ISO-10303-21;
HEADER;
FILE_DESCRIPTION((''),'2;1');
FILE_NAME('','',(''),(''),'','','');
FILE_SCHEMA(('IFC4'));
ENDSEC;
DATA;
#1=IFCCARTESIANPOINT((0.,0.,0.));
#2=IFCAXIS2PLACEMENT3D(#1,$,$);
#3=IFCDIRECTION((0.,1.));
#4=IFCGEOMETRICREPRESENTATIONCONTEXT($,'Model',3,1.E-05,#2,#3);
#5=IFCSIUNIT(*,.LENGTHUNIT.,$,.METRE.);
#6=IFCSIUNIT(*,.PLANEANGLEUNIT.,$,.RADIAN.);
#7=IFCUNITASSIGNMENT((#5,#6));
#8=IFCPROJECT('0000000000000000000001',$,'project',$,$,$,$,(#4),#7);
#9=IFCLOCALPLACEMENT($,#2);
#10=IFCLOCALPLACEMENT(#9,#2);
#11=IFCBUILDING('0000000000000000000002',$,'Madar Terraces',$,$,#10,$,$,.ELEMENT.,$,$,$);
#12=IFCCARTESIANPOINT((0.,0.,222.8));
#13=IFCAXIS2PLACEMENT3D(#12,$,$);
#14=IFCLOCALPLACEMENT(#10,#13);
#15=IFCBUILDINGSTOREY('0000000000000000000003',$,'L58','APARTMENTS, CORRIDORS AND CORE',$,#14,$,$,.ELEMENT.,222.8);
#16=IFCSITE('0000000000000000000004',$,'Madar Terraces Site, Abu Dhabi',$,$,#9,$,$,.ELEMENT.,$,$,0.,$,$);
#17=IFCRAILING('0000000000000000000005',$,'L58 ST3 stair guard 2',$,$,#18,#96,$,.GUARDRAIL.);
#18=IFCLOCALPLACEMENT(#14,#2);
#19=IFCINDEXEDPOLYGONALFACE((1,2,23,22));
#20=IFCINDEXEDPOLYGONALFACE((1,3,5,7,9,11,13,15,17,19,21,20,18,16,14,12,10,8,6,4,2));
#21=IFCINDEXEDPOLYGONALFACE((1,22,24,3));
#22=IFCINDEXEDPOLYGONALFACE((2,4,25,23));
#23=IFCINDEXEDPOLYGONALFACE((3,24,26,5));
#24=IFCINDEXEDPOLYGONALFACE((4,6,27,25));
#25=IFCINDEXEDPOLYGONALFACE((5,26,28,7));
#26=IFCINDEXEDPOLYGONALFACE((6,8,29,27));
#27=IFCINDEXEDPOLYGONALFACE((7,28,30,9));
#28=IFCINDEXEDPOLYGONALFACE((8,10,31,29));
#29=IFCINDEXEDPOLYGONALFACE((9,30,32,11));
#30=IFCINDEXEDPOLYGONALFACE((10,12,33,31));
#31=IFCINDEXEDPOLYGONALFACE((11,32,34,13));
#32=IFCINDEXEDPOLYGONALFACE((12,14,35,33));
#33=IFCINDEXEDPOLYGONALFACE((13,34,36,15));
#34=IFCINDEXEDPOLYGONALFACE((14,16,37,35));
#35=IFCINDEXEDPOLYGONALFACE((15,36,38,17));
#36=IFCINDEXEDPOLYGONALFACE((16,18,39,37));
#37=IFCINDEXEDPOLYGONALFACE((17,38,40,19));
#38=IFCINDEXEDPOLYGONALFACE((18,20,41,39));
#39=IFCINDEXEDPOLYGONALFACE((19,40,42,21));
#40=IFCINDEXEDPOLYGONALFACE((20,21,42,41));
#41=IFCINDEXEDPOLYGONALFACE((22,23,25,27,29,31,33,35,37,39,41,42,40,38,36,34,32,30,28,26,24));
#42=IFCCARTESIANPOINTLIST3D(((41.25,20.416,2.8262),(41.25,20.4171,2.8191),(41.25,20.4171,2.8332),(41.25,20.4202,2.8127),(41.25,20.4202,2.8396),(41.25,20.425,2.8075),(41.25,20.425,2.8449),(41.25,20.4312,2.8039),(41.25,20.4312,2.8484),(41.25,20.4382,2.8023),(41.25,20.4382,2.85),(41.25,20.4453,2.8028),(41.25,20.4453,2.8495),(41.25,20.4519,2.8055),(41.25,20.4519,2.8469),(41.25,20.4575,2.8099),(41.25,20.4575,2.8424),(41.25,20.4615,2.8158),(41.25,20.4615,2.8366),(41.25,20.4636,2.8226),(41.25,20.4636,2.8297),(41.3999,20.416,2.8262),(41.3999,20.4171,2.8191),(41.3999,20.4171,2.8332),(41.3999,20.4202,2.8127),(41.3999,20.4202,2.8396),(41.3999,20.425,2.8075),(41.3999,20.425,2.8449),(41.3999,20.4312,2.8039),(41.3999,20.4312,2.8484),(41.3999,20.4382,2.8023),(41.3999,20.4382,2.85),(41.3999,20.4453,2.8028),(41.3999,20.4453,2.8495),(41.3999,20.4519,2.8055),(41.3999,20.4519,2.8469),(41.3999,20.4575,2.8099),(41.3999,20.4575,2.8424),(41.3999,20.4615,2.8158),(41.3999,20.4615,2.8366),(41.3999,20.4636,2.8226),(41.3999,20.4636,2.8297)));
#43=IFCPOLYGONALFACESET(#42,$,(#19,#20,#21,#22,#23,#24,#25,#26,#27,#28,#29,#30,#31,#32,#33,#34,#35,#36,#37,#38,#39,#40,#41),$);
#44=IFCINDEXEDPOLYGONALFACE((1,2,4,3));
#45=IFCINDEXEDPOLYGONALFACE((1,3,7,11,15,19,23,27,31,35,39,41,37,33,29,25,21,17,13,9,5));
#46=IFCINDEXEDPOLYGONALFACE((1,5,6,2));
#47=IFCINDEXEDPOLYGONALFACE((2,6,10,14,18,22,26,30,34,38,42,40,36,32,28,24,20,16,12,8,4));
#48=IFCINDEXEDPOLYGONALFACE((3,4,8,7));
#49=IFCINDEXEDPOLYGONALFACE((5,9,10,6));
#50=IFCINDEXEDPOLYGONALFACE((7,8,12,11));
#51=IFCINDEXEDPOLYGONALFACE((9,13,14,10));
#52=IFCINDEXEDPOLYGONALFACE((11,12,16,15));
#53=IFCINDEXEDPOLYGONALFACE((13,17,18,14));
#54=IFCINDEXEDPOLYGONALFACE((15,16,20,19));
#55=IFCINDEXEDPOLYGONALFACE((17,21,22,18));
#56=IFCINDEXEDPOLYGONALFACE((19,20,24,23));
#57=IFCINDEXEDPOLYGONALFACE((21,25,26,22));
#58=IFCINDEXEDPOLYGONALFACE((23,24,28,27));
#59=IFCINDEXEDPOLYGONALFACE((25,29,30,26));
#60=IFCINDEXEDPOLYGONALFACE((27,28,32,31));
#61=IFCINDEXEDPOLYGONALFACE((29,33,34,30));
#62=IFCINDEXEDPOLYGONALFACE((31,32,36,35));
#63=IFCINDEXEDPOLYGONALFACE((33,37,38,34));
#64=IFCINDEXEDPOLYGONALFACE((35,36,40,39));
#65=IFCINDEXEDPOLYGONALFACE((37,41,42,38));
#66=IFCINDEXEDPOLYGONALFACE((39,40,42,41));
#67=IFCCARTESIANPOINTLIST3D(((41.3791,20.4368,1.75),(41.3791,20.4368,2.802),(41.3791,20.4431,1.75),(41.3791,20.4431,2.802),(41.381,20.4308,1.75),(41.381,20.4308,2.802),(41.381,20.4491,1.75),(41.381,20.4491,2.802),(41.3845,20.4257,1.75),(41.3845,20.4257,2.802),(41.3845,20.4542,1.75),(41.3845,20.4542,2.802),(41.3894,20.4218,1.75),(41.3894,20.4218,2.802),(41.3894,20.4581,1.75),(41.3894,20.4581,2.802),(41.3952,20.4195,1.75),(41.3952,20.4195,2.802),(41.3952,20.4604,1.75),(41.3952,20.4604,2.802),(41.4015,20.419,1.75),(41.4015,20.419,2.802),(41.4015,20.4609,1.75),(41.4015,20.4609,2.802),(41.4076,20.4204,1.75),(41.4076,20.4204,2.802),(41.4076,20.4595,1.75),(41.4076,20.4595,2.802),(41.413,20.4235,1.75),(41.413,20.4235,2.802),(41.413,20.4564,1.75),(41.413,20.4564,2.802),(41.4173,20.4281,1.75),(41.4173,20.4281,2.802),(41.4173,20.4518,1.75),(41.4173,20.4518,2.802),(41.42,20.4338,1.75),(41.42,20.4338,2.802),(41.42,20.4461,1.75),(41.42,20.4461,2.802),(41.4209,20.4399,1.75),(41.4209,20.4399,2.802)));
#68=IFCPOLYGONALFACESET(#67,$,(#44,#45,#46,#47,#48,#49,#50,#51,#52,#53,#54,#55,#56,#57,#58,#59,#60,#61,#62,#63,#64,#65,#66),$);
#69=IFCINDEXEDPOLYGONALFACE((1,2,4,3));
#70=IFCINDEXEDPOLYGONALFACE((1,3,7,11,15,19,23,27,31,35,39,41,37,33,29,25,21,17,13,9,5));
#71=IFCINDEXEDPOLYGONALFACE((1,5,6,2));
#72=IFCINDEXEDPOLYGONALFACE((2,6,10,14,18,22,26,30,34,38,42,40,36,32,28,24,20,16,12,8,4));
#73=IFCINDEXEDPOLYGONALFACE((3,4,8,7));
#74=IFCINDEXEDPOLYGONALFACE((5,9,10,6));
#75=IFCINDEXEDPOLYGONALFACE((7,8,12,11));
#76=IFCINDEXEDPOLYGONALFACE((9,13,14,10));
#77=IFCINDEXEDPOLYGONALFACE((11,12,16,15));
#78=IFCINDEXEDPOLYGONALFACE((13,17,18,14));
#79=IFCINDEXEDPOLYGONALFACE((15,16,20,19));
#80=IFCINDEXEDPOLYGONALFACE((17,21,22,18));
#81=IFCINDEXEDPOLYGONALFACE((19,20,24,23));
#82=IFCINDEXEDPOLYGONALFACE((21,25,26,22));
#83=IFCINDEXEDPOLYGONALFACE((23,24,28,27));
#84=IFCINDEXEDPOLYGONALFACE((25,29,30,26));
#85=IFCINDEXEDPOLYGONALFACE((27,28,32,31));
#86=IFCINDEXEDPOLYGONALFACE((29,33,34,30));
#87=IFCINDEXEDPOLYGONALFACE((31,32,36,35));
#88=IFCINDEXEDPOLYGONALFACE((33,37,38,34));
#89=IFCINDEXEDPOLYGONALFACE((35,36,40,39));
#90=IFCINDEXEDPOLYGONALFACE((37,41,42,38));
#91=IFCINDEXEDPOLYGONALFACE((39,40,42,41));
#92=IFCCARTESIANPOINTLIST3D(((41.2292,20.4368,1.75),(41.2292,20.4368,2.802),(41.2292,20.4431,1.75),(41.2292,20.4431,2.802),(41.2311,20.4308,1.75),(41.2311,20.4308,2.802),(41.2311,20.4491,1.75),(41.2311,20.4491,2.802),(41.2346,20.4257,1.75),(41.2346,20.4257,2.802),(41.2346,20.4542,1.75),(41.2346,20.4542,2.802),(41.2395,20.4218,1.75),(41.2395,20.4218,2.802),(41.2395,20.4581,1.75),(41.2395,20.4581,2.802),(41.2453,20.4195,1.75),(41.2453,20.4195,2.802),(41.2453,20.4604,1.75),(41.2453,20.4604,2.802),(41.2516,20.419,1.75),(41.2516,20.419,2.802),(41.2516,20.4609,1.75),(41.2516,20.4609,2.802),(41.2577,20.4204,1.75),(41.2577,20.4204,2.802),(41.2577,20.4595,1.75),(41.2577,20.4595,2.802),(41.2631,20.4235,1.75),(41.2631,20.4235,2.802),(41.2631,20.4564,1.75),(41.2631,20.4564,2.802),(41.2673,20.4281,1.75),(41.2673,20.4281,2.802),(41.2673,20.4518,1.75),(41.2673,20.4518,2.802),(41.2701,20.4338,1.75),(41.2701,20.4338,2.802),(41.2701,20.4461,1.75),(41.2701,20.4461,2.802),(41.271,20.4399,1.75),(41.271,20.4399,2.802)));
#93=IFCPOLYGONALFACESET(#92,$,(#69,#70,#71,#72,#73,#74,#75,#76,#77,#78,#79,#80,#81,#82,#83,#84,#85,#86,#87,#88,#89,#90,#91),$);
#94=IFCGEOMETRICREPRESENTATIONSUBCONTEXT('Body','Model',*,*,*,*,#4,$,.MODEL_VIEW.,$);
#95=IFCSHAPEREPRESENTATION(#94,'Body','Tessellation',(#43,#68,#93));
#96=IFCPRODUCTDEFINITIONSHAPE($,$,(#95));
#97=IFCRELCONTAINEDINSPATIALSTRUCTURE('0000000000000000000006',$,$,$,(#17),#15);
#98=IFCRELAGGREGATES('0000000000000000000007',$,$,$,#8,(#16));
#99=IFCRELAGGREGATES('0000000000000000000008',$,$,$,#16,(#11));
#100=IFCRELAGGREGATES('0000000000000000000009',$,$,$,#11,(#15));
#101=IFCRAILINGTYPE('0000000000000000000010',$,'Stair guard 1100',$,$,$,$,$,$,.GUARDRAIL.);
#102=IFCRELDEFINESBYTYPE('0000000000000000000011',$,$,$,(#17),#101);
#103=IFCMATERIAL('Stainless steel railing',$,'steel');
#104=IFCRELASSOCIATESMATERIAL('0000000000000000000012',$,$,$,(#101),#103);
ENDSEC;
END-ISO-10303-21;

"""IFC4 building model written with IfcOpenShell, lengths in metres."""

from ifc_helpers import new_model, si_unit, direction, frame, origin, origin_2d, place, context, subcontext, project, spatial, circle, extrude, material, type_object, element, save


model = new_model("IFC4")

# Units and contexts
model_context = context("Model", 3, precision=1e-05, world=origin(), true_north=direction((0.0, 1.0)))
body_context = subcontext(model_context, "Body", "Model", "MODEL_VIEW")
ifc_project = project(units=[si_unit("LENGTHUNIT", "METRE"), si_unit("PLANEANGLEUNIT", "RADIAN")], contexts=[model_context])

# Site, building, storey
site_placement = place(None, origin())
site = spatial("IfcSite", under=ifc_project, at=site_placement, Name="Madar Terraces Site, Abu Dhabi", CompositionType="ELEMENT", RefElevation=0.0)
building_placement = place(site_placement, origin())
building = spatial("IfcBuilding", under=site, at=building_placement, Name="Madar Terraces", CompositionType="ELEMENT")
storey_placement = place(building_placement, frame((0.0, 0.0, 222.8)))
storey = spatial("IfcBuildingStorey", under=building, at=storey_placement, Name="L58", Description="APARTMENTS, CORRIDORS AND CORE", CompositionType="ELEMENT", Elevation=222.8)

# Railing
ifc_material_1 = material(Name="Stainless steel railing", Category="steel")
railing_type_1 = type_object("IfcRailingType", Name="Stair guard 1100", PredefinedType="GUARDRAIL", material=ifc_material_1)
railing_1_placement = place(storey_placement, frame((41.3999, 20.4399, 1.75)))
element("IfcRailing", 1, at=railing_1_placement, inside=storey, type_object=railing_type_1, Name="L58 ST3 stair guard 2", PredefinedType="GUARDRAIL", context=body_context, shape_type="SweptSolid", body=[
    extrude(circle(Radius=0.0239, at=origin_2d()), frame((0.0, 0.0, 1.0762), z_axis=(-1.0, 0.0, 0.0), x_axis=(0.0, -1.0, 0.0)), (0.0, 0.0, 1.0), 0.1499),
    extrude(circle(Radius=0.021, at=origin_2d()), origin(), (0.0, 0.0, 1.0), 1.052),
    extrude(circle(Radius=0.021, at=origin_2d()), frame((-0.1499, 0.0, 0.0)), (0.0, 0.0, 1.0), 1.052),
])

save(model, "model.ifc")
